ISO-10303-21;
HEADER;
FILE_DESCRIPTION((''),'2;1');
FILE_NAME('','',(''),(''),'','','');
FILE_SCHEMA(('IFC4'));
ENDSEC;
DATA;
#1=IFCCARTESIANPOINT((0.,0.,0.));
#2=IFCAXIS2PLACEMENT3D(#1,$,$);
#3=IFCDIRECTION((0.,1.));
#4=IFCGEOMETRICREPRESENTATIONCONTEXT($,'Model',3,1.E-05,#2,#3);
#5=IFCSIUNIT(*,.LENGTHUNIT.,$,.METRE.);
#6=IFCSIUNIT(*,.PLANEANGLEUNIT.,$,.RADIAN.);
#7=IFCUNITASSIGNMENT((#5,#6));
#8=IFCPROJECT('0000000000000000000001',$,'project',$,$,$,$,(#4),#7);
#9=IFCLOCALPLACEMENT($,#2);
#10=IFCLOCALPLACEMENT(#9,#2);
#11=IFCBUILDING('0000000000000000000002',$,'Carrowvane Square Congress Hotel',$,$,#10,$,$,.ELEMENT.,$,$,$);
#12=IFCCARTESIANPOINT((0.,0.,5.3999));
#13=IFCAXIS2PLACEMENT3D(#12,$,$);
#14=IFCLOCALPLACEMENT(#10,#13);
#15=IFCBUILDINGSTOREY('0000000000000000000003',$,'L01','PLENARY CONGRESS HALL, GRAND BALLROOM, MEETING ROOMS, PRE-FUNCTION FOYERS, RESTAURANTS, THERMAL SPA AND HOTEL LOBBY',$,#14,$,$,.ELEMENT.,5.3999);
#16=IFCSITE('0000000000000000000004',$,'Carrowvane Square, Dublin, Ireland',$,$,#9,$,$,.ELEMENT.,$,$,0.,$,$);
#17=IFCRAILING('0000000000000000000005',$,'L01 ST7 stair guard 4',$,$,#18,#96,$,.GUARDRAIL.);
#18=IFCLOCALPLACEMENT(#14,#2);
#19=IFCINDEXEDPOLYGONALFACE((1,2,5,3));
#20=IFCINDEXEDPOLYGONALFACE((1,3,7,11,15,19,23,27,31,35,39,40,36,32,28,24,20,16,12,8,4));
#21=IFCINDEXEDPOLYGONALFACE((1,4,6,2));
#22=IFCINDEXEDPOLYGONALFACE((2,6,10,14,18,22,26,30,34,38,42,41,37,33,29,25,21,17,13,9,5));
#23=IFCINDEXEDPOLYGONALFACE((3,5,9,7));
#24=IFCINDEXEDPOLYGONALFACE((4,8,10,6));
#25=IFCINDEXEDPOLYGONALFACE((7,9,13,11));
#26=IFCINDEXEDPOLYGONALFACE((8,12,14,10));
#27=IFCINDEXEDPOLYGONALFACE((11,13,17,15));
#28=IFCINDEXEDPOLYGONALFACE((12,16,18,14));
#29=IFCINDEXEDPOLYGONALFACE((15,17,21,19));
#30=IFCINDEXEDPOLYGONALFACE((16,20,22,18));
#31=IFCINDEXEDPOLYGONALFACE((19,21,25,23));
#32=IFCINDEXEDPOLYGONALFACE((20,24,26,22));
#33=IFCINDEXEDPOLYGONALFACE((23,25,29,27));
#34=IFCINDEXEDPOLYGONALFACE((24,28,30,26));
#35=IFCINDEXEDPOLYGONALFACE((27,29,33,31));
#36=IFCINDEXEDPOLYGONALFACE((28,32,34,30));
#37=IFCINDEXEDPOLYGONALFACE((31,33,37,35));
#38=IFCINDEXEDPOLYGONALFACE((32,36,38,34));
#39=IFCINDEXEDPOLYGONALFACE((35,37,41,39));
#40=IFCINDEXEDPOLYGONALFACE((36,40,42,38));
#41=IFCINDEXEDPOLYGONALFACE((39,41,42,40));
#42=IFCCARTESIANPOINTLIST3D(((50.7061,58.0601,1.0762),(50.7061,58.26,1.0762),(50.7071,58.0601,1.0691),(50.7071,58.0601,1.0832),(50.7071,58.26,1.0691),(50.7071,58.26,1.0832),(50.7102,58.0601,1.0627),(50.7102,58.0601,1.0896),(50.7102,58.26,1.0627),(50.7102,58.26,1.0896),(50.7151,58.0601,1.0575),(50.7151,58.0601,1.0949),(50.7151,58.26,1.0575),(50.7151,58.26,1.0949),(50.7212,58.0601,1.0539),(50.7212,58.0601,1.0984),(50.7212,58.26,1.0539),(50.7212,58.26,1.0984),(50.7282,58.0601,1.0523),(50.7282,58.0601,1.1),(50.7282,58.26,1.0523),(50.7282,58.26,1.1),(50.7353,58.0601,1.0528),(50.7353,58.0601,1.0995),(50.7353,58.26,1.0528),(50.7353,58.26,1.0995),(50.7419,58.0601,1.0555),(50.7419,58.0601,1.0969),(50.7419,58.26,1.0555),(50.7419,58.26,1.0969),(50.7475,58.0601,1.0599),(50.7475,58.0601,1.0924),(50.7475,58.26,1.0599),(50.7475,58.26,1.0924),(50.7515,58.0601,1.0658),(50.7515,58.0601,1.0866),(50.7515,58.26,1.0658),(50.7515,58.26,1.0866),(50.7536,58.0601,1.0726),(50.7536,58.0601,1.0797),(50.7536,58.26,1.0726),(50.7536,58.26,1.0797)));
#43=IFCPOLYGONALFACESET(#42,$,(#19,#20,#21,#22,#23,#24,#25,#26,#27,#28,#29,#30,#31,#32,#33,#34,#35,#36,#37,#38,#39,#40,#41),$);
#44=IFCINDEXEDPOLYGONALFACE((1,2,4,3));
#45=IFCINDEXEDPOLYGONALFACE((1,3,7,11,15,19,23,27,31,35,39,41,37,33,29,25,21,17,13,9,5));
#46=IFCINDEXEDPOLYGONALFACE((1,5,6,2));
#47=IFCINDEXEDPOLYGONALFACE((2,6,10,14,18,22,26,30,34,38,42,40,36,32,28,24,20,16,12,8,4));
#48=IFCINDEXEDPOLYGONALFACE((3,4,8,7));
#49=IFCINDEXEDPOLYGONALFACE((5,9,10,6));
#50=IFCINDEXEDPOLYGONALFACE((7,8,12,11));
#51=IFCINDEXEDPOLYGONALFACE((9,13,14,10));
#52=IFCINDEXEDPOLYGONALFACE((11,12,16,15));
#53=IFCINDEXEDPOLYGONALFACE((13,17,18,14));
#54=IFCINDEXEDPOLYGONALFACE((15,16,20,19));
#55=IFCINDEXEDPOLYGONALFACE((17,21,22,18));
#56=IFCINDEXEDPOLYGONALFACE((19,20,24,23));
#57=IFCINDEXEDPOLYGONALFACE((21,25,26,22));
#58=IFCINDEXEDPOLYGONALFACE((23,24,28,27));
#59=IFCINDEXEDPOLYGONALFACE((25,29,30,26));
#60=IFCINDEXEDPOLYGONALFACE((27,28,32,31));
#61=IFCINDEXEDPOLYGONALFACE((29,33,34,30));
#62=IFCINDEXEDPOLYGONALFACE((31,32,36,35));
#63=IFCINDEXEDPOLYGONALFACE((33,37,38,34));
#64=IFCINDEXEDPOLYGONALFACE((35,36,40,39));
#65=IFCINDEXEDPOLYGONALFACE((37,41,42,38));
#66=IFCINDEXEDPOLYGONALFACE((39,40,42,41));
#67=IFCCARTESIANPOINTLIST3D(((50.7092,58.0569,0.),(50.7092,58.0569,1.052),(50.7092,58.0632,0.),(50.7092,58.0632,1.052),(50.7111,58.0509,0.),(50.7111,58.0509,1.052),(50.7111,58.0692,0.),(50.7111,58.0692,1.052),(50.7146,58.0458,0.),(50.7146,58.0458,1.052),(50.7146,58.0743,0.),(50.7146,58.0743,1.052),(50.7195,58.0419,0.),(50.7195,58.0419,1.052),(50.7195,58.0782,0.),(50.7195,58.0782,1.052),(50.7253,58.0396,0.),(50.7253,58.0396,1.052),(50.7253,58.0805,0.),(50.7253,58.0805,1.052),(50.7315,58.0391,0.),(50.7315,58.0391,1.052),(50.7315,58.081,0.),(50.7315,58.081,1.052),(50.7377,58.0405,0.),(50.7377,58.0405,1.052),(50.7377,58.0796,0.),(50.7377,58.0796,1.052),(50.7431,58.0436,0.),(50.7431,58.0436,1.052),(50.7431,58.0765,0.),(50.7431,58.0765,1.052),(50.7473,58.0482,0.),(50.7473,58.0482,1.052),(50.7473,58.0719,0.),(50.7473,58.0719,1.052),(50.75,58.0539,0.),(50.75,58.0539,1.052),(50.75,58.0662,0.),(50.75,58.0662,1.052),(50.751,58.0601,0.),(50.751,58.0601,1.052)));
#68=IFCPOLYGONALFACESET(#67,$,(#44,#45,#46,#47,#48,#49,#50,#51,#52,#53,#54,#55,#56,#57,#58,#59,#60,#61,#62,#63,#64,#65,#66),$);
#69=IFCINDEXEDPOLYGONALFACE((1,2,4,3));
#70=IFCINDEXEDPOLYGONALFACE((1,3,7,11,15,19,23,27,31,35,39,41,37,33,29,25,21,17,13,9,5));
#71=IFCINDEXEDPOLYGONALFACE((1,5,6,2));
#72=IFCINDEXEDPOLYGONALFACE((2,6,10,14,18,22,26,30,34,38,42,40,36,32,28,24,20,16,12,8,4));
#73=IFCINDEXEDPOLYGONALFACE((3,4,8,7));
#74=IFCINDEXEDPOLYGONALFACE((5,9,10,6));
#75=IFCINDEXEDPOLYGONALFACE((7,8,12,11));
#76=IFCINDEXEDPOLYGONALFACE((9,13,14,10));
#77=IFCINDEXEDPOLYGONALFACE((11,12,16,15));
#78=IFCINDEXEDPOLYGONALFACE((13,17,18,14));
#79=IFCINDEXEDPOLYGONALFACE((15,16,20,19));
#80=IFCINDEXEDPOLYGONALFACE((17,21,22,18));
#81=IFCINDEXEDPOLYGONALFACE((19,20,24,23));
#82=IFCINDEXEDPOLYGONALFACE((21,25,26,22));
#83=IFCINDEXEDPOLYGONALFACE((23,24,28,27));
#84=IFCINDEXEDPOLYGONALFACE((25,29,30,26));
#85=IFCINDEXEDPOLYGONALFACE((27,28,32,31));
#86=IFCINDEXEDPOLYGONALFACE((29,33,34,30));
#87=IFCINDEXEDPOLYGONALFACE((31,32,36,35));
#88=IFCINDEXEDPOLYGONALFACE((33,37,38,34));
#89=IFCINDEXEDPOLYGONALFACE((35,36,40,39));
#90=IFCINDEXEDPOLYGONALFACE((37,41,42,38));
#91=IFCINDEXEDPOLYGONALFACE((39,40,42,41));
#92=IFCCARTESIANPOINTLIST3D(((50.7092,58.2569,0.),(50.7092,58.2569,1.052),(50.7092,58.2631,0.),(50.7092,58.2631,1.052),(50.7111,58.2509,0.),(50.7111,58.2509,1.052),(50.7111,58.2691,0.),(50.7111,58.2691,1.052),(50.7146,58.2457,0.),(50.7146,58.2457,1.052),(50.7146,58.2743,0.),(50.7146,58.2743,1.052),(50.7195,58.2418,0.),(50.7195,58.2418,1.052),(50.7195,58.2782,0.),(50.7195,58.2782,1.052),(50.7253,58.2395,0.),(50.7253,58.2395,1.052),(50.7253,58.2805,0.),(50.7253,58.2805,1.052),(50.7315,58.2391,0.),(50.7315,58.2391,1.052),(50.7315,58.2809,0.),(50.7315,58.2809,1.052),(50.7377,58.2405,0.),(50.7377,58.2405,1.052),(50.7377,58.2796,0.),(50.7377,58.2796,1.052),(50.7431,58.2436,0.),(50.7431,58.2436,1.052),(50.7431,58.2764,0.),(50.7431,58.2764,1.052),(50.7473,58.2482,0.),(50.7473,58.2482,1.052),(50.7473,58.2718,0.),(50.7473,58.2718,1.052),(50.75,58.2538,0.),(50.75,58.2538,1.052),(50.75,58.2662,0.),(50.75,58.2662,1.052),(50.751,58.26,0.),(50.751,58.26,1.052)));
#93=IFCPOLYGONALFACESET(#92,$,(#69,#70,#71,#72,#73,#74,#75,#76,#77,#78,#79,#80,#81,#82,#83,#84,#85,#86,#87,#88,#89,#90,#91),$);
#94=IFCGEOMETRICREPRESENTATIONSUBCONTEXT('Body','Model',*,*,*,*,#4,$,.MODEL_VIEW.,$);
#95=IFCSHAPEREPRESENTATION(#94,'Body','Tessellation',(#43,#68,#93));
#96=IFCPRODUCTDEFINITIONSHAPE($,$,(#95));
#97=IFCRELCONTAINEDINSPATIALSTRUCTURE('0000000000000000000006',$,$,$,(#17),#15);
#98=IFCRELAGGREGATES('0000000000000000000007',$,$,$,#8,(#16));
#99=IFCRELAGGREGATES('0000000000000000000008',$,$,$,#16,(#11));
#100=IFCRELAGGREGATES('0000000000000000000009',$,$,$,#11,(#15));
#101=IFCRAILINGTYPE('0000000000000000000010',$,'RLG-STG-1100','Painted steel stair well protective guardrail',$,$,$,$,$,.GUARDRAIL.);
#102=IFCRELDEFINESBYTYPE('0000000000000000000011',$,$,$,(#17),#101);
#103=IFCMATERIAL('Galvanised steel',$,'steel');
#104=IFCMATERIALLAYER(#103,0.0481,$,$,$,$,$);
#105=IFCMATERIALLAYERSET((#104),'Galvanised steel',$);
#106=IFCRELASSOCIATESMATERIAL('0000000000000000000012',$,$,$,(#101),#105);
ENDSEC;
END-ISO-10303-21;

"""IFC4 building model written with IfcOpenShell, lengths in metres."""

from ifc_helpers import new_model, si_unit, direction, frame, origin, origin_2d, place, context, subcontext, project, spatial, circle, extrude, material, layer, layer_set, type_object, element, save


model = new_model("IFC4")

# Units and contexts
model_context = context("Model", 3, precision=1e-05, world=origin(), true_north=direction((0.0, 1.0)))
body_context = subcontext(model_context, "Body", "Model", "MODEL_VIEW")
ifc_project = project(units=[si_unit("LENGTHUNIT", "METRE"), si_unit("PLANEANGLEUNIT", "RADIAN")], contexts=[model_context])

# Site, building, storey
site_placement = place(None, origin())
site = spatial("IfcSite", under=ifc_project, at=site_placement, Name="Carrowvane Square, Dublin, Ireland", CompositionType="ELEMENT", RefElevation=0.0)
building_placement = place(site_placement, origin())
building = spatial("IfcBuilding", under=site, at=building_placement, Name="Carrowvane Square Congress Hotel", CompositionType="ELEMENT")
storey_placement = place(building_placement, frame((0.0, 0.0, 5.3999)))
storey = spatial("IfcBuildingStorey", under=building, at=storey_placement, Name="L01", Description="PLENARY CONGRESS HALL, GRAND BALLROOM, MEETING ROOMS, PRE-FUNCTION FOYERS, RESTAURANTS, THERMAL SPA AND HOTEL LOBBY", CompositionType="ELEMENT", Elevation=5.3999)

# Railing
ifc_material_1 = material(Name="Galvanised steel", Category="steel")
ifc_layer_1 = layer(ifc_material_1, 0.0481)
ifc_layer_set_1 = layer_set([ifc_layer_1], Name="Galvanised steel")
railing_type_1 = type_object("IfcRailingType", Name="RLG-STG-1100", Description="Painted steel stair well protective guardrail", PredefinedType="GUARDRAIL", material=ifc_layer_set_1)
railing_1_placement = place(storey_placement, frame((50.73, 58.0601, 0.0)))
element("IfcRailing", 1, at=railing_1_placement, inside=storey, type_object=railing_type_1, Name="L01 ST7 stair guard 4", PredefinedType="GUARDRAIL", context=body_context, shape_type="SweptSolid", body=[
    extrude(circle(Radius=0.0239, at=origin_2d()), frame((0.0, 0.0, 1.0762), z_axis=(0.0, 1.0, 0.0), x_axis=(-1.0, 0.0, 0.0)), (0.0, 0.0, 1.0), 0.2),
    extrude(circle(Radius=0.021, at=origin_2d()), origin(), (0.0, 0.0, 1.0), 1.052),
    extrude(circle(Radius=0.021, at=origin_2d()), frame((0.0, 0.2, 0.0)), (0.0, 0.0, 1.0), 1.052),
])

save(model, "model.ifc")
